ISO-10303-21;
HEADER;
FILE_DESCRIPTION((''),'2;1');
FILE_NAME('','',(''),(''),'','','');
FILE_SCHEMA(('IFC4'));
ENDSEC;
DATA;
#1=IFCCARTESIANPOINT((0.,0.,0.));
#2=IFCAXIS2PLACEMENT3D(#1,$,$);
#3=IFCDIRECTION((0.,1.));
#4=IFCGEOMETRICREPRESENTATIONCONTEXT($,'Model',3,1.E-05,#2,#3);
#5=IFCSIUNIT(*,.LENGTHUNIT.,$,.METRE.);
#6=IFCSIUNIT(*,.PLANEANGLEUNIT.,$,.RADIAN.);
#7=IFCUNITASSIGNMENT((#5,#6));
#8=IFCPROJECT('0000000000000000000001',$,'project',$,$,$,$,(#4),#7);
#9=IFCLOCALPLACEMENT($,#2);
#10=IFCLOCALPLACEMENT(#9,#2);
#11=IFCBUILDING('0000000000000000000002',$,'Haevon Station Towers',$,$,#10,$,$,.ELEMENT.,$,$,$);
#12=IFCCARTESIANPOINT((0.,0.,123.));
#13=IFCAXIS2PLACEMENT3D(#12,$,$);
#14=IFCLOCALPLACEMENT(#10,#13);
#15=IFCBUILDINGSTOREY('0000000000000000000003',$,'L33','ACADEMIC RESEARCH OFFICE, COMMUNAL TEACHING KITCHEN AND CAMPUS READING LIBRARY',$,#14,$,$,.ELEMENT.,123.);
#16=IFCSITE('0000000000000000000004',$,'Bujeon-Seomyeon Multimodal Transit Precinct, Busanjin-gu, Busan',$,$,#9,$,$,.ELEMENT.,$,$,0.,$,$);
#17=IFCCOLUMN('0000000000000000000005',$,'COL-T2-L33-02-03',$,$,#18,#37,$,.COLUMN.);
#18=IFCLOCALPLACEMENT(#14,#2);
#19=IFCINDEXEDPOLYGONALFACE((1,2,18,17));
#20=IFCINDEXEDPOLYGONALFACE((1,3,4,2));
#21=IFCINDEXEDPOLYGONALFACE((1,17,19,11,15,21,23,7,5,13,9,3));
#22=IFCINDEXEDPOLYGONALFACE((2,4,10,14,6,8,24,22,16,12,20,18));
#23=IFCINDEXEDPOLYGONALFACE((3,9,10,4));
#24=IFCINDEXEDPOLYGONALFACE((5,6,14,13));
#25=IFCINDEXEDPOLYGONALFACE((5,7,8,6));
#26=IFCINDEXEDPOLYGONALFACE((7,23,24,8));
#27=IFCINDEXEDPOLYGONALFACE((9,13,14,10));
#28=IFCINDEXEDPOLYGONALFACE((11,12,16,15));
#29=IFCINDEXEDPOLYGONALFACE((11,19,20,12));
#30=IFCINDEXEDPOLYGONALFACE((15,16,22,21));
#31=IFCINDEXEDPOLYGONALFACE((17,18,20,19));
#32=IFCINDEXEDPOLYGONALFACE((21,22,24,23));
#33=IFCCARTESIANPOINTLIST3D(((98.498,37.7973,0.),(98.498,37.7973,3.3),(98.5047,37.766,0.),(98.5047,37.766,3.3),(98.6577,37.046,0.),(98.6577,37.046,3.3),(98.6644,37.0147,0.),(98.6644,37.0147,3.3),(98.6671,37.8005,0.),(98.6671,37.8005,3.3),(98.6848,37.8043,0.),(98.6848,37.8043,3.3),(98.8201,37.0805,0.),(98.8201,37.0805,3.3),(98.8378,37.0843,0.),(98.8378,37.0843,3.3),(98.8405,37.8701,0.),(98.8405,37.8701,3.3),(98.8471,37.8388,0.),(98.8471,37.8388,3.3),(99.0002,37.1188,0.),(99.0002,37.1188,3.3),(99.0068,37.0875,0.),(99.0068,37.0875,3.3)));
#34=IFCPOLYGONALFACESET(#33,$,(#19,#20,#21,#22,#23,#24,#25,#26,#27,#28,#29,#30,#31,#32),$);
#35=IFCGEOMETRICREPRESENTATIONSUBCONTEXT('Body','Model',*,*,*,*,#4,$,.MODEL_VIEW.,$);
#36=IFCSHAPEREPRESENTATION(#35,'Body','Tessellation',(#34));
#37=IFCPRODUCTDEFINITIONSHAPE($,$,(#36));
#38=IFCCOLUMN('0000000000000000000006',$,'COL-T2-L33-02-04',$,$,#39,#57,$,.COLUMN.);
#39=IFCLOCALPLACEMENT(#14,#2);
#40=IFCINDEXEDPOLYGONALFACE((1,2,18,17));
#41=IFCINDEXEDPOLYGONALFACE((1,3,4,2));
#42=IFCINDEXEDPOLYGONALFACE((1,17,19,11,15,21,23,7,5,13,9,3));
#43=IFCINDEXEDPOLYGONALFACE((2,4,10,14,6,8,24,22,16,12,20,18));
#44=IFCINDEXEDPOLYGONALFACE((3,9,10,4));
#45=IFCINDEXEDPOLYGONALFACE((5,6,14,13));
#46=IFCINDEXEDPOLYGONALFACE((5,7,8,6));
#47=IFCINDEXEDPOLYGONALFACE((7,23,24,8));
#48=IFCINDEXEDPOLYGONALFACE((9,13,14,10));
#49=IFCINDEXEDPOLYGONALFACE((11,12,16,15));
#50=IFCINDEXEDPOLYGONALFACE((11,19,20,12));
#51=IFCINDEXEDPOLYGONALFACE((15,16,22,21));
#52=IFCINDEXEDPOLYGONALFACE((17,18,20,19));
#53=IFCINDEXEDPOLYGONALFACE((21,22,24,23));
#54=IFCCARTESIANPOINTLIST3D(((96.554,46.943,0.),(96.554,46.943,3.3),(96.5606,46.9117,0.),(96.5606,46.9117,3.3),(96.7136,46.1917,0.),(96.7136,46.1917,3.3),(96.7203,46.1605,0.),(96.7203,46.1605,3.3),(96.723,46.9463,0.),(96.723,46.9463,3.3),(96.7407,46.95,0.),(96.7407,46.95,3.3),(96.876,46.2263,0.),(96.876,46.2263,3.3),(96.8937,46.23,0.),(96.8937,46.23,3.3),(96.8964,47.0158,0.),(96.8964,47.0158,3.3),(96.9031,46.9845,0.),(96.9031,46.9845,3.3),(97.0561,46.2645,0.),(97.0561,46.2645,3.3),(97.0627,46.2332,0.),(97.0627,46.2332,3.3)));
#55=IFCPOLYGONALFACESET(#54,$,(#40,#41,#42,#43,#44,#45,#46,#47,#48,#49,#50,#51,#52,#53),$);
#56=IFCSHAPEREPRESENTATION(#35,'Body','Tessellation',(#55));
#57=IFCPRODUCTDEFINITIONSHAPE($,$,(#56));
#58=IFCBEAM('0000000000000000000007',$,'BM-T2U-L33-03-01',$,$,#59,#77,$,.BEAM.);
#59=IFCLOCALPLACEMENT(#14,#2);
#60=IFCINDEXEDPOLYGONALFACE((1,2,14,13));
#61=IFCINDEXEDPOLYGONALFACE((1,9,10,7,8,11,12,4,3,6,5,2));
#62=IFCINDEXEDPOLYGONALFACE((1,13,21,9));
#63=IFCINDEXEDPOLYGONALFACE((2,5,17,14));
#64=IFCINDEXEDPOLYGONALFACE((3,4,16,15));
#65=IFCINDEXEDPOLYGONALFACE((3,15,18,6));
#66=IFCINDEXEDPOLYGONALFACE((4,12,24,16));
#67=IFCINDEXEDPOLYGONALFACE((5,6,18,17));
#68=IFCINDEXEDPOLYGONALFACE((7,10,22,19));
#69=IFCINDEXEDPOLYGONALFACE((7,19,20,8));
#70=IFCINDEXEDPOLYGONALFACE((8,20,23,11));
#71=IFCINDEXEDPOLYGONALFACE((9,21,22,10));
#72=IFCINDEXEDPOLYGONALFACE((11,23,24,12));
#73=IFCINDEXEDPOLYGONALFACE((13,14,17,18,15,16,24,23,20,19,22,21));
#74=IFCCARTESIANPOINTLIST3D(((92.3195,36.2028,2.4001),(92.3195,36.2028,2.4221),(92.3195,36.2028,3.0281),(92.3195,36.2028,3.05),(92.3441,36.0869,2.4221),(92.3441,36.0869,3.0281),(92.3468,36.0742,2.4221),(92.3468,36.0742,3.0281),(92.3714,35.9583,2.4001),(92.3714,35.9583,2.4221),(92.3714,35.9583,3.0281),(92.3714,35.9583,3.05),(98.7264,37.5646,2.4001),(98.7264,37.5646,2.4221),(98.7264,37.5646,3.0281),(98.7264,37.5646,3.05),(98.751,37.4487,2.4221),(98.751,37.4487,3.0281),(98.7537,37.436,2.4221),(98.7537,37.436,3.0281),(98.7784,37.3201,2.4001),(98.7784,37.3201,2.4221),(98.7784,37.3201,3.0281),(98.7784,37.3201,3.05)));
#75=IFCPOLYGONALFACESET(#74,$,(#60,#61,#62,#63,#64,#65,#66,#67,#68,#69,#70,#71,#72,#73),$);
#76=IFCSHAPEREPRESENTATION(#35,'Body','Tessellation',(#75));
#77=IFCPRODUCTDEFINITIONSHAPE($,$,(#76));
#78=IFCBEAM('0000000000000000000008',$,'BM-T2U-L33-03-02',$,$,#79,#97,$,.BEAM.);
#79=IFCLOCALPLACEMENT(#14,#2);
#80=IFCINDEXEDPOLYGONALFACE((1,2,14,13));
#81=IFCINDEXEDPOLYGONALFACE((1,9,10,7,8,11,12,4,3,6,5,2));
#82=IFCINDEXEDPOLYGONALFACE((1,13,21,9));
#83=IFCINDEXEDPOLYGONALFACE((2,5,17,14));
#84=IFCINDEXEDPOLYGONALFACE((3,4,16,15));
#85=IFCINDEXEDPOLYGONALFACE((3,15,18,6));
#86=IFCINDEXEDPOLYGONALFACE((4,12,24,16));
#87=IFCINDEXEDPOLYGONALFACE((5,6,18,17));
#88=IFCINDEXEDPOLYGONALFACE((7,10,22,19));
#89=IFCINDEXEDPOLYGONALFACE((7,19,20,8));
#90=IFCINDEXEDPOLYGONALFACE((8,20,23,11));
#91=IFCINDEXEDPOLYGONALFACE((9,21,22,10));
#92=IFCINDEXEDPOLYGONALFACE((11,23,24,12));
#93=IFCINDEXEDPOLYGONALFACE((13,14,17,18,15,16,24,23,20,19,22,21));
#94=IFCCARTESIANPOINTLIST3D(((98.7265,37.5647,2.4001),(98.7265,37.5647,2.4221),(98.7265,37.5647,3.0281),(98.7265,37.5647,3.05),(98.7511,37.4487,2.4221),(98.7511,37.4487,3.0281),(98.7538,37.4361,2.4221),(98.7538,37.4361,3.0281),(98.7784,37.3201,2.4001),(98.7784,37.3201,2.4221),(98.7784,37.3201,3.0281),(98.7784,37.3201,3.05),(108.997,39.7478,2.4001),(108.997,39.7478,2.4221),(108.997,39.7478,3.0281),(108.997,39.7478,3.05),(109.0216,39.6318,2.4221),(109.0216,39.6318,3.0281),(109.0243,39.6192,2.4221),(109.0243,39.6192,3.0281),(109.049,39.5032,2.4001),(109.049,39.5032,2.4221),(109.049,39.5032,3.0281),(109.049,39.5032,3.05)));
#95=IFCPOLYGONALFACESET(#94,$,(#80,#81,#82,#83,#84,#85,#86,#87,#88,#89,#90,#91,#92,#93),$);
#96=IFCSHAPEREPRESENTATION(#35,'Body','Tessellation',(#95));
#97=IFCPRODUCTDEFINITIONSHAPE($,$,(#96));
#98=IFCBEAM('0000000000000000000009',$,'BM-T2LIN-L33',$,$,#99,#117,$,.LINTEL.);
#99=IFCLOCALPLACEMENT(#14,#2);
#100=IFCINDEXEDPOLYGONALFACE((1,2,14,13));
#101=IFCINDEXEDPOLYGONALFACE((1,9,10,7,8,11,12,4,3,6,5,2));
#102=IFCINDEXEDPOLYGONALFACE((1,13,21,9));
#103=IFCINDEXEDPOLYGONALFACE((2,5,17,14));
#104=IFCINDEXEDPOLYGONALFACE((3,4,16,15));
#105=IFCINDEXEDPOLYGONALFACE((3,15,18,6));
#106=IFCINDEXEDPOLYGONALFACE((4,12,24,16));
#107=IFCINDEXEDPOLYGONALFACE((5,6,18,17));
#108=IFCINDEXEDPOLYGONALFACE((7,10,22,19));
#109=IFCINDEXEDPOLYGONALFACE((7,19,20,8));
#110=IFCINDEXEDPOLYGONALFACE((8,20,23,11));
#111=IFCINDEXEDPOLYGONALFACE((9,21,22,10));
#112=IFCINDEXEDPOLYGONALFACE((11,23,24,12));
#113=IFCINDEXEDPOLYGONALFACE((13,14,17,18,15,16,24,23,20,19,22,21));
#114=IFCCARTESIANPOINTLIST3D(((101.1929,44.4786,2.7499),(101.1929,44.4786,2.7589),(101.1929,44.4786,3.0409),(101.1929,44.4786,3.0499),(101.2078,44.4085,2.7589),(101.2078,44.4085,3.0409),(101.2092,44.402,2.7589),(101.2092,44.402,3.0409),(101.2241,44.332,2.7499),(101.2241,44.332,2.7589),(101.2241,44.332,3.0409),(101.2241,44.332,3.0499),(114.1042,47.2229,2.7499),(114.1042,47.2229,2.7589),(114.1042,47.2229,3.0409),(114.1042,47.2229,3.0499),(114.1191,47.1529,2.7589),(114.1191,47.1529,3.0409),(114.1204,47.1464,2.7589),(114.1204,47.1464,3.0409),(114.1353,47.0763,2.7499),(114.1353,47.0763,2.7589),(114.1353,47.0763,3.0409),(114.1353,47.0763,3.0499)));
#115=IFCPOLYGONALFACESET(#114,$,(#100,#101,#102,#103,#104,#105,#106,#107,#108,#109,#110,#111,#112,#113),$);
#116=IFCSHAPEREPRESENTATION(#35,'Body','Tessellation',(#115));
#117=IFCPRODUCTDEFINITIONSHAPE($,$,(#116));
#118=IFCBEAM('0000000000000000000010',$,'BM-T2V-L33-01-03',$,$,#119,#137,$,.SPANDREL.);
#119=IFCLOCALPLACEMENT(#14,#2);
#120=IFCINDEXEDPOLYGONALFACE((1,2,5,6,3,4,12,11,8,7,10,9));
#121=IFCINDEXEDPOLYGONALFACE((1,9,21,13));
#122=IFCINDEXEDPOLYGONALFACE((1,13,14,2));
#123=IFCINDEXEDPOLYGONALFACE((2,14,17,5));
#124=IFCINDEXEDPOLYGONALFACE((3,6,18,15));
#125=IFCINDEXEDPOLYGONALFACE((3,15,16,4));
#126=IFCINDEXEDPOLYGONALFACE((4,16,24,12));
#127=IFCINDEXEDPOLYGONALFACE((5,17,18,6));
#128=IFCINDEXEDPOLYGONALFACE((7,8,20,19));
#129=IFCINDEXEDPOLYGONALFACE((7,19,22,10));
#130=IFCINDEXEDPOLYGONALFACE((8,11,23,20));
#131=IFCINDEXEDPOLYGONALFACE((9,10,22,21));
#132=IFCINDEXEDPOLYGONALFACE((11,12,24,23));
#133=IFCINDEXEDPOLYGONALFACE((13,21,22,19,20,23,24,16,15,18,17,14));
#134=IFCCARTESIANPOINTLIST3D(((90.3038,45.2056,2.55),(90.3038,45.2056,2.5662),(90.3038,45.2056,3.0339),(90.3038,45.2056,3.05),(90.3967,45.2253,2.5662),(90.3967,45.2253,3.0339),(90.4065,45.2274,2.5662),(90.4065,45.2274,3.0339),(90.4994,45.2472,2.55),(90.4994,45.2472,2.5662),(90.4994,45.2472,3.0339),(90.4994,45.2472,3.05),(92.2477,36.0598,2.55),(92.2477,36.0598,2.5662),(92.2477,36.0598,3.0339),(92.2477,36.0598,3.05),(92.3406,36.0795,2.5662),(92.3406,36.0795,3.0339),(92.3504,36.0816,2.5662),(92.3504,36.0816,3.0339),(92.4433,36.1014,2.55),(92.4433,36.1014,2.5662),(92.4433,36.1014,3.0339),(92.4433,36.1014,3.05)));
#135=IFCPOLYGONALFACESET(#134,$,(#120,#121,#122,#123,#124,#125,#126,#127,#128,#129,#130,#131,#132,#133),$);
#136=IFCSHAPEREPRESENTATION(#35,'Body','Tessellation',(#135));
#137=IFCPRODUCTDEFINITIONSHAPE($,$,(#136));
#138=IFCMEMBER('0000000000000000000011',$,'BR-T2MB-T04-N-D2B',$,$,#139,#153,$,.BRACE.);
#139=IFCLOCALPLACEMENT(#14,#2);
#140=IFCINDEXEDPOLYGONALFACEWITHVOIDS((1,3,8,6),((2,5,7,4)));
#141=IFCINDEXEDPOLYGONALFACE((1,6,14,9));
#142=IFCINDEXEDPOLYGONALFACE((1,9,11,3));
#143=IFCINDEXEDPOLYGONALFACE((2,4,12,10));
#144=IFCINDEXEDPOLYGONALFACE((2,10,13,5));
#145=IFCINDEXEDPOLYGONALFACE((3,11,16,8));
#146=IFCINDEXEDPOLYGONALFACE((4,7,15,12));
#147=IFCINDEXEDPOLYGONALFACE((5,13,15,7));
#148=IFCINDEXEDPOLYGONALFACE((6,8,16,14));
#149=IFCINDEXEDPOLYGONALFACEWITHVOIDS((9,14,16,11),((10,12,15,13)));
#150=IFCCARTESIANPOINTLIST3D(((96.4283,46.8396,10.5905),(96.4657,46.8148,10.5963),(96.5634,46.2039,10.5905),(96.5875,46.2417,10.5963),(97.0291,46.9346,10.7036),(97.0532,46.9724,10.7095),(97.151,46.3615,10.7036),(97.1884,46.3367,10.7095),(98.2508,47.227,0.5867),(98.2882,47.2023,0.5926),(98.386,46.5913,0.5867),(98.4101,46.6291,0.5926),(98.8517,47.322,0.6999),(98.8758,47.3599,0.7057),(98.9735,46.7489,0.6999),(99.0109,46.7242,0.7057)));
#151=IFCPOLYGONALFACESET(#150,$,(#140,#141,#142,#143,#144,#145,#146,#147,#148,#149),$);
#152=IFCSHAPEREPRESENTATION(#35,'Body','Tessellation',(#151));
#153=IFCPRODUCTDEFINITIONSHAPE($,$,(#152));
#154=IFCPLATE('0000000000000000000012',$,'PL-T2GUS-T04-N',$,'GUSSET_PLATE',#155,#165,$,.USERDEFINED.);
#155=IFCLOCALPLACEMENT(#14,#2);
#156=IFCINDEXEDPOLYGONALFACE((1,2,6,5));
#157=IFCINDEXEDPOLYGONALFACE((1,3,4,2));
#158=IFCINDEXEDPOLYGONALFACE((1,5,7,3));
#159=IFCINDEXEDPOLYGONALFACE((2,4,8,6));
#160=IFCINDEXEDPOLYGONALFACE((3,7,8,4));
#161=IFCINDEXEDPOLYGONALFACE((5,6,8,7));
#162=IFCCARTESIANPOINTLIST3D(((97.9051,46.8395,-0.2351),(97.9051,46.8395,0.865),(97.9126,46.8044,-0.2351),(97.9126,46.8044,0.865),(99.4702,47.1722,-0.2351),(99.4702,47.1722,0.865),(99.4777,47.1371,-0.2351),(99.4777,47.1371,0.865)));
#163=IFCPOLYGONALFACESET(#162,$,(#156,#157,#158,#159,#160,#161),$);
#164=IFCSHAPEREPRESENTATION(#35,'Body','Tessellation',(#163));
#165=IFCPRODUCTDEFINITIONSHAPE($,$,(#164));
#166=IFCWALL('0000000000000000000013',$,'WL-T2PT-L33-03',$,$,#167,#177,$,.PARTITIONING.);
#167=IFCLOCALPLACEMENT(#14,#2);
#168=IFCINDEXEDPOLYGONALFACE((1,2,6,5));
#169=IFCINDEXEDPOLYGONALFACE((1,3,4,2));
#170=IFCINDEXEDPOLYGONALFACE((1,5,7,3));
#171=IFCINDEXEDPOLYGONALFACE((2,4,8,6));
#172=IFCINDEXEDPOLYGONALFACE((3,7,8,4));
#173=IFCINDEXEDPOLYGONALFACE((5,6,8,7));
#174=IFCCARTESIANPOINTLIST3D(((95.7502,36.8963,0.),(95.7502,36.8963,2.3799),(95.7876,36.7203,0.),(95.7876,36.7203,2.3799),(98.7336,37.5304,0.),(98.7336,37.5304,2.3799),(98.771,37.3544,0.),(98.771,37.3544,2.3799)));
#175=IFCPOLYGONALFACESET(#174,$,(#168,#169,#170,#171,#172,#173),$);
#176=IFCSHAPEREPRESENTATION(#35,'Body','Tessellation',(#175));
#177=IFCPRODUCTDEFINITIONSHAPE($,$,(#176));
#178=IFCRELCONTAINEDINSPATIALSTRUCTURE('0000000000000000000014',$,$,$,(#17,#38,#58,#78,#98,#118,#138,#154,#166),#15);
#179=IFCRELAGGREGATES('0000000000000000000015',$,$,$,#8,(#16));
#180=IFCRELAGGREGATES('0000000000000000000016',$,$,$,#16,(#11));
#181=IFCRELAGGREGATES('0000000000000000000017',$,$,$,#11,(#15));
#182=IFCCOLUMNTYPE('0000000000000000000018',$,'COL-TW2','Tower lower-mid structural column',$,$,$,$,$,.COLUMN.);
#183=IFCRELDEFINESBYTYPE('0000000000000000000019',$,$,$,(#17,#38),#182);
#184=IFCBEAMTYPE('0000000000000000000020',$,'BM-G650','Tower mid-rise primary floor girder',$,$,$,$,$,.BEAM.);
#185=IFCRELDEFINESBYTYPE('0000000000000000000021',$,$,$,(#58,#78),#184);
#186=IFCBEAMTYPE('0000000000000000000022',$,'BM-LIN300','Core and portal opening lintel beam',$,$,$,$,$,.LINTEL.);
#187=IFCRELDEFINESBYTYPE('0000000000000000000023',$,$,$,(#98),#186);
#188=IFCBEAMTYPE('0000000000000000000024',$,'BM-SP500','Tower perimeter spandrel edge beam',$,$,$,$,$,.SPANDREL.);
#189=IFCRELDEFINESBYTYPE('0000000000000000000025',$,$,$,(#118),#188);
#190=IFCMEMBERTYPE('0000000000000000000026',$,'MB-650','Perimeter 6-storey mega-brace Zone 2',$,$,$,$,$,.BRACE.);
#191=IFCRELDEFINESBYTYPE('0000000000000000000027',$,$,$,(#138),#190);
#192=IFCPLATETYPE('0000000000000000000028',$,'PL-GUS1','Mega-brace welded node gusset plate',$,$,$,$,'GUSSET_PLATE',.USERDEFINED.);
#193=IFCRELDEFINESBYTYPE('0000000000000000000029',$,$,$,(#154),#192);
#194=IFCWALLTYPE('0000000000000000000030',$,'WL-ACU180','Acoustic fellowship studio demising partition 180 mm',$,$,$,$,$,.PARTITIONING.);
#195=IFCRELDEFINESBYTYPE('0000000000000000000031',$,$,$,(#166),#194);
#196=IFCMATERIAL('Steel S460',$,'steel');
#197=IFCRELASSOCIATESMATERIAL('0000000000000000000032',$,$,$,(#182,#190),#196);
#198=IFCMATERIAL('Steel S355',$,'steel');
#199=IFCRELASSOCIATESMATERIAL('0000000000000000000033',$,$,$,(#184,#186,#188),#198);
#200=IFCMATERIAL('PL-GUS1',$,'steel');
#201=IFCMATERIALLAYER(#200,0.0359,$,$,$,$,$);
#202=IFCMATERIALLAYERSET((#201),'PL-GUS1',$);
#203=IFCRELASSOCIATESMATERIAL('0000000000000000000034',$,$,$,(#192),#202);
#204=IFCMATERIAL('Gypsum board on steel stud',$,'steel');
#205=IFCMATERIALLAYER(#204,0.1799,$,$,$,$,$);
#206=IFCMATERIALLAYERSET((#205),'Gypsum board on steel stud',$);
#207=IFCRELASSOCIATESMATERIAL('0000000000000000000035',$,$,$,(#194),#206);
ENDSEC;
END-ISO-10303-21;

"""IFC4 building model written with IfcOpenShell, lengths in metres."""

from ifc_helpers import new_model, si_unit, direction, frame, frame_2d, origin, origin_2d, place, context, subcontext, project, spatial, rectangle, hollow_rectangle, i_section, extrude, material, layer, layer_set, material_profile, profile_set, type_object, element, save


model = new_model("IFC4")

# Units and contexts
model_context = context("Model", 3, precision=1e-05, world=origin(), true_north=direction((0.0, 1.0)))
body_context = subcontext(model_context, "Body", "Model", "MODEL_VIEW")
ifc_project = project(units=[si_unit("LENGTHUNIT", "METRE"), si_unit("PLANEANGLEUNIT", "RADIAN")], contexts=[model_context])

# Site, building, storey
site_placement = place(None, origin())
site = spatial("IfcSite", under=ifc_project, at=site_placement, Name="Bujeon-Seomyeon Multimodal Transit Precinct, Busanjin-gu, Busan", CompositionType="ELEMENT", RefElevation=0.0)
building_placement = place(site_placement, origin())
building = spatial("IfcBuilding", under=site, at=building_placement, Name="Haevon Station Towers", CompositionType="ELEMENT")
storey_placement = place(building_placement, frame((0.0, 0.0, 123.0)))
storey = spatial("IfcBuildingStorey", under=building, at=storey_placement, Name="L33", Description="ACADEMIC RESEARCH OFFICE, COMMUNAL TEACHING KITCHEN AND CAMPUS READING LIBRARY", CompositionType="ELEMENT", Elevation=123.0)

# Columns
ifc_material_1 = material(Name="Steel S460", Category="steel")
ifc_material_profile_1 = material_profile(ifc_material_1, i_section(OverallWidth=0.3501, OverallDepth=0.8, WebThickness=0.0181, FlangeThickness=0.032, at=origin_2d()), Name="H-800x350x18x32")
ifc_profile_set_1 = profile_set([ifc_material_profile_1], Name="Steel S460")
column_type = type_object("IfcColumnType", Name="COL-TW2", Description="Tower lower-mid structural column", PredefinedType="COLUMN", material=ifc_profile_set_1)
for number, where, z_axis, x_axis, name in (
    (1, (98.7524, 37.4424, 0.0), (0.0, 0.0, 1.0), (0.978148, 0.207912, 0.0), "COL-T2-L33-02-03"),
    (2, (96.8083, 46.5881, 0.0), (0.0, 0.0, 1.0), (0.978148, 0.207912, 0.0), "COL-T2-L33-02-04"),
):
    element("IfcColumn", number, at=place(storey_placement, frame(where, z_axis=z_axis, x_axis=x_axis)), inside=storey, type_object=column_type, Name=name, PredefinedType="COLUMN", context=body_context, shape_type="SweptSolid", body=[
        extrude(i_section(OverallWidth=0.3501, OverallDepth=0.8, WebThickness=0.0181, FlangeThickness=0.032, at=origin_2d()), origin(), (0.0, 0.0, 1.0), 3.3),
    ])

# Beams
ifc_material_2 = material(Name="Steel S355", Category="steel")
ifc_material_profile_2 = material_profile(ifc_material_2, i_section(OverallWidth=0.25, OverallDepth=0.6499, WebThickness=0.0129, FlangeThickness=0.022, at=origin_2d()), Name="H-650x250x13x22")
ifc_profile_set_2 = profile_set([ifc_material_profile_2], Name="Steel S355")
beam_type_1 = type_object("IfcBeamType", Name="BM-G650", Description="Tower mid-rise primary floor girder", PredefinedType="BEAM", material=ifc_profile_set_2)
beam_1_placement = place(storey_placement, frame((92.3455, 36.0806, 2.7251), z_axis=(0.978149, 0.207907, 0.0), x_axis=(-0.207907, 0.978149, 0.0)))
element("IfcBeam", 3, at=beam_1_placement, inside=storey, type_object=beam_type_1, Name="BM-T2U-L33-03-01", PredefinedType="BEAM", context=body_context, shape_type="SweptSolid", body=[
    extrude(i_section(OverallWidth=0.25, OverallDepth=0.6499, WebThickness=0.0129, FlangeThickness=0.022, at=origin_2d()), origin(), (0.0, 0.0, 1.0), 6.55),
])
beam_2_placement = place(storey_placement, frame((98.7524, 37.4424, 2.7251), z_axis=(0.978147, 0.207915, 0.0), x_axis=(-0.207915, 0.978147, 0.0)))
element("IfcBeam", 4, at=beam_2_placement, inside=storey, type_object=beam_type_1, Name="BM-T2U-L33-03-02", PredefinedType="BEAM", context=body_context, shape_type="SweptSolid", body=[
    extrude(i_section(OverallWidth=0.25, OverallDepth=0.6499, WebThickness=0.0129, FlangeThickness=0.022, at=origin_2d()), origin(), (0.0, 0.0, 1.0), 10.5),
])
ifc_material_profile_3 = material_profile(ifc_material_2, i_section(OverallWidth=0.1499, OverallDepth=0.3, WebThickness=0.0066, FlangeThickness=0.009, at=origin_2d()), Name="H-300x150x6.5x9")
ifc_profile_set_3 = profile_set([ifc_material_profile_3], Name="Steel S355")
beam_type_2 = type_object("IfcBeamType", Name="BM-LIN300", Description="Core and portal opening lintel beam", PredefinedType="LINTEL", material=ifc_profile_set_3)
beam_3_placement = place(storey_placement, frame((101.2085, 44.4053, 2.8999), z_axis=(0.978148, 0.207911, 0.0), x_axis=(-0.207911, 0.978148, 0.0)))
element("IfcBeam", 5, at=beam_3_placement, inside=storey, type_object=beam_type_2, Name="BM-T2LIN-L33", PredefinedType="LINTEL", context=body_context, shape_type="SweptSolid", body=[
    extrude(i_section(OverallWidth=0.1499, OverallDepth=0.3, WebThickness=0.0066, FlangeThickness=0.009, at=origin_2d()), origin(), (0.0, 0.0, 1.0), 13.1997),
])
ifc_material_profile_4 = material_profile(ifc_material_2, i_section(OverallWidth=0.2, OverallDepth=0.5, WebThickness=0.01, FlangeThickness=0.0161, at=origin_2d()), Name="H-500x200x10x16")
ifc_profile_set_4 = profile_set([ifc_material_profile_4], Name="Steel S355")
beam_type_3 = type_object("IfcBeamType", Name="BM-SP500", Description="Tower perimeter spandrel edge beam", PredefinedType="SPANDREL", material=ifc_profile_set_4)
beam_4_placement = place(storey_placement, frame((92.3455, 36.0806, 2.8), z_axis=(-0.207897, 0.978151, 0.0), x_axis=(-0.978151, -0.207897, 0.0)))
element("IfcBeam", 6, at=beam_4_placement, inside=storey, type_object=beam_type_3, Name="BM-T2V-L33-01-03", PredefinedType="SPANDREL", context=body_context, shape_type="SweptSolid", body=[
    extrude(i_section(OverallWidth=0.2, OverallDepth=0.5, WebThickness=0.01, FlangeThickness=0.0161, at=origin_2d()), origin(), (0.0, 0.0, 1.0), 9.3501),
])

# Member
ifc_material_profile_5 = material_profile(ifc_material_1, hollow_rectangle(XDim=0.6499, YDim=0.6499, WallThickness=0.032, at=origin_2d()), Name="RHS-650x650x32")
ifc_profile_set_5 = profile_set([ifc_material_profile_5], Name="Steel S460")
member_type = type_object("IfcMemberType", Name="MB-650", Description="Perimeter 6-storey mega-brace Zone 2", PredefinedType="BRACE", material=ifc_profile_set_5)
member_placement = place(storey_placement, frame((98.6309, 46.9756, 0.6462), z_axis=(-0.179104, -0.038076, 0.983093), x_axis=(0.207945, -0.978141, 0.0)))
element("IfcMember", 7, at=member_placement, inside=storey, type_object=member_type, Name="BR-T2MB-T04-N-D2B", PredefinedType="BRACE", context=body_context, shape_type="SweptSolid", body=[
    extrude(hollow_rectangle(XDim=0.6499, YDim=0.6499, WallThickness=0.032, at=origin_2d()), origin(), (0.0, 0.0, 1.0), 10.1758),
])

# Plate
ifc_material_3 = material(Name="PL-GUS1", Category="steel")
ifc_layer_1 = layer(ifc_material_3, 0.0359)
ifc_layer_set_1 = layer_set([ifc_layer_1], Name="PL-GUS1")
plate_type = type_object("IfcPlateType", Name="PL-GUS1", Description="Mega-brace welded node gusset plate", ElementType="GUSSET_PLATE", PredefinedType="USERDEFINED", material=ifc_layer_set_1)
plate_placement = place(storey_placement, frame((98.6914, 46.9883, -0.2351), z_axis=(0.0, 0.0, 1.0), x_axis=(0.978148, 0.207912, 0.0)))
element("IfcPlate", 8, at=plate_placement, inside=storey, type_object=plate_type, Name="PL-T2GUS-T04-N", ObjectType="GUSSET_PLATE", PredefinedType="USERDEFINED", context=body_context, shape_type="SweptSolid", body=[
    extrude(rectangle(XDim=1.6001, YDim=0.0359, at=origin_2d()), origin(), (0.0, 0.0, 1.0), 1.1001),
])

# Wall
ifc_material_4 = material(Name="Gypsum board on steel stud", Category="steel")
ifc_layer_2 = layer(ifc_material_4, 0.1799)
ifc_layer_set_2 = layer_set([ifc_layer_2], Name="Gypsum board on steel stud")
wall_type_1 = type_object("IfcWallType", Name="WL-ACU180", Description="Acoustic fellowship studio demising partition 180 mm", PredefinedType="PARTITIONING", material=ifc_layer_set_2)
wall_1_placement = place(storey_placement, frame((95.769, 36.8083, 0.0), z_axis=(0.0, 0.0, 1.0), x_axis=(0.978155, 0.207878, 0.0)))
element("IfcWall", 9, at=wall_1_placement, inside=storey, type_object=wall_type_1, Name="WL-T2PT-L33-03", PredefinedType="PARTITIONING", context=body_context, shape_type="SweptSolid", body=[
    extrude(rectangle(XDim=3.05, YDim=0.1799, at=frame_2d((1.5249, 0.0))), origin(), (0.0, 0.0, 1.0), 2.3799),
])

save(model, "model.ifc")
